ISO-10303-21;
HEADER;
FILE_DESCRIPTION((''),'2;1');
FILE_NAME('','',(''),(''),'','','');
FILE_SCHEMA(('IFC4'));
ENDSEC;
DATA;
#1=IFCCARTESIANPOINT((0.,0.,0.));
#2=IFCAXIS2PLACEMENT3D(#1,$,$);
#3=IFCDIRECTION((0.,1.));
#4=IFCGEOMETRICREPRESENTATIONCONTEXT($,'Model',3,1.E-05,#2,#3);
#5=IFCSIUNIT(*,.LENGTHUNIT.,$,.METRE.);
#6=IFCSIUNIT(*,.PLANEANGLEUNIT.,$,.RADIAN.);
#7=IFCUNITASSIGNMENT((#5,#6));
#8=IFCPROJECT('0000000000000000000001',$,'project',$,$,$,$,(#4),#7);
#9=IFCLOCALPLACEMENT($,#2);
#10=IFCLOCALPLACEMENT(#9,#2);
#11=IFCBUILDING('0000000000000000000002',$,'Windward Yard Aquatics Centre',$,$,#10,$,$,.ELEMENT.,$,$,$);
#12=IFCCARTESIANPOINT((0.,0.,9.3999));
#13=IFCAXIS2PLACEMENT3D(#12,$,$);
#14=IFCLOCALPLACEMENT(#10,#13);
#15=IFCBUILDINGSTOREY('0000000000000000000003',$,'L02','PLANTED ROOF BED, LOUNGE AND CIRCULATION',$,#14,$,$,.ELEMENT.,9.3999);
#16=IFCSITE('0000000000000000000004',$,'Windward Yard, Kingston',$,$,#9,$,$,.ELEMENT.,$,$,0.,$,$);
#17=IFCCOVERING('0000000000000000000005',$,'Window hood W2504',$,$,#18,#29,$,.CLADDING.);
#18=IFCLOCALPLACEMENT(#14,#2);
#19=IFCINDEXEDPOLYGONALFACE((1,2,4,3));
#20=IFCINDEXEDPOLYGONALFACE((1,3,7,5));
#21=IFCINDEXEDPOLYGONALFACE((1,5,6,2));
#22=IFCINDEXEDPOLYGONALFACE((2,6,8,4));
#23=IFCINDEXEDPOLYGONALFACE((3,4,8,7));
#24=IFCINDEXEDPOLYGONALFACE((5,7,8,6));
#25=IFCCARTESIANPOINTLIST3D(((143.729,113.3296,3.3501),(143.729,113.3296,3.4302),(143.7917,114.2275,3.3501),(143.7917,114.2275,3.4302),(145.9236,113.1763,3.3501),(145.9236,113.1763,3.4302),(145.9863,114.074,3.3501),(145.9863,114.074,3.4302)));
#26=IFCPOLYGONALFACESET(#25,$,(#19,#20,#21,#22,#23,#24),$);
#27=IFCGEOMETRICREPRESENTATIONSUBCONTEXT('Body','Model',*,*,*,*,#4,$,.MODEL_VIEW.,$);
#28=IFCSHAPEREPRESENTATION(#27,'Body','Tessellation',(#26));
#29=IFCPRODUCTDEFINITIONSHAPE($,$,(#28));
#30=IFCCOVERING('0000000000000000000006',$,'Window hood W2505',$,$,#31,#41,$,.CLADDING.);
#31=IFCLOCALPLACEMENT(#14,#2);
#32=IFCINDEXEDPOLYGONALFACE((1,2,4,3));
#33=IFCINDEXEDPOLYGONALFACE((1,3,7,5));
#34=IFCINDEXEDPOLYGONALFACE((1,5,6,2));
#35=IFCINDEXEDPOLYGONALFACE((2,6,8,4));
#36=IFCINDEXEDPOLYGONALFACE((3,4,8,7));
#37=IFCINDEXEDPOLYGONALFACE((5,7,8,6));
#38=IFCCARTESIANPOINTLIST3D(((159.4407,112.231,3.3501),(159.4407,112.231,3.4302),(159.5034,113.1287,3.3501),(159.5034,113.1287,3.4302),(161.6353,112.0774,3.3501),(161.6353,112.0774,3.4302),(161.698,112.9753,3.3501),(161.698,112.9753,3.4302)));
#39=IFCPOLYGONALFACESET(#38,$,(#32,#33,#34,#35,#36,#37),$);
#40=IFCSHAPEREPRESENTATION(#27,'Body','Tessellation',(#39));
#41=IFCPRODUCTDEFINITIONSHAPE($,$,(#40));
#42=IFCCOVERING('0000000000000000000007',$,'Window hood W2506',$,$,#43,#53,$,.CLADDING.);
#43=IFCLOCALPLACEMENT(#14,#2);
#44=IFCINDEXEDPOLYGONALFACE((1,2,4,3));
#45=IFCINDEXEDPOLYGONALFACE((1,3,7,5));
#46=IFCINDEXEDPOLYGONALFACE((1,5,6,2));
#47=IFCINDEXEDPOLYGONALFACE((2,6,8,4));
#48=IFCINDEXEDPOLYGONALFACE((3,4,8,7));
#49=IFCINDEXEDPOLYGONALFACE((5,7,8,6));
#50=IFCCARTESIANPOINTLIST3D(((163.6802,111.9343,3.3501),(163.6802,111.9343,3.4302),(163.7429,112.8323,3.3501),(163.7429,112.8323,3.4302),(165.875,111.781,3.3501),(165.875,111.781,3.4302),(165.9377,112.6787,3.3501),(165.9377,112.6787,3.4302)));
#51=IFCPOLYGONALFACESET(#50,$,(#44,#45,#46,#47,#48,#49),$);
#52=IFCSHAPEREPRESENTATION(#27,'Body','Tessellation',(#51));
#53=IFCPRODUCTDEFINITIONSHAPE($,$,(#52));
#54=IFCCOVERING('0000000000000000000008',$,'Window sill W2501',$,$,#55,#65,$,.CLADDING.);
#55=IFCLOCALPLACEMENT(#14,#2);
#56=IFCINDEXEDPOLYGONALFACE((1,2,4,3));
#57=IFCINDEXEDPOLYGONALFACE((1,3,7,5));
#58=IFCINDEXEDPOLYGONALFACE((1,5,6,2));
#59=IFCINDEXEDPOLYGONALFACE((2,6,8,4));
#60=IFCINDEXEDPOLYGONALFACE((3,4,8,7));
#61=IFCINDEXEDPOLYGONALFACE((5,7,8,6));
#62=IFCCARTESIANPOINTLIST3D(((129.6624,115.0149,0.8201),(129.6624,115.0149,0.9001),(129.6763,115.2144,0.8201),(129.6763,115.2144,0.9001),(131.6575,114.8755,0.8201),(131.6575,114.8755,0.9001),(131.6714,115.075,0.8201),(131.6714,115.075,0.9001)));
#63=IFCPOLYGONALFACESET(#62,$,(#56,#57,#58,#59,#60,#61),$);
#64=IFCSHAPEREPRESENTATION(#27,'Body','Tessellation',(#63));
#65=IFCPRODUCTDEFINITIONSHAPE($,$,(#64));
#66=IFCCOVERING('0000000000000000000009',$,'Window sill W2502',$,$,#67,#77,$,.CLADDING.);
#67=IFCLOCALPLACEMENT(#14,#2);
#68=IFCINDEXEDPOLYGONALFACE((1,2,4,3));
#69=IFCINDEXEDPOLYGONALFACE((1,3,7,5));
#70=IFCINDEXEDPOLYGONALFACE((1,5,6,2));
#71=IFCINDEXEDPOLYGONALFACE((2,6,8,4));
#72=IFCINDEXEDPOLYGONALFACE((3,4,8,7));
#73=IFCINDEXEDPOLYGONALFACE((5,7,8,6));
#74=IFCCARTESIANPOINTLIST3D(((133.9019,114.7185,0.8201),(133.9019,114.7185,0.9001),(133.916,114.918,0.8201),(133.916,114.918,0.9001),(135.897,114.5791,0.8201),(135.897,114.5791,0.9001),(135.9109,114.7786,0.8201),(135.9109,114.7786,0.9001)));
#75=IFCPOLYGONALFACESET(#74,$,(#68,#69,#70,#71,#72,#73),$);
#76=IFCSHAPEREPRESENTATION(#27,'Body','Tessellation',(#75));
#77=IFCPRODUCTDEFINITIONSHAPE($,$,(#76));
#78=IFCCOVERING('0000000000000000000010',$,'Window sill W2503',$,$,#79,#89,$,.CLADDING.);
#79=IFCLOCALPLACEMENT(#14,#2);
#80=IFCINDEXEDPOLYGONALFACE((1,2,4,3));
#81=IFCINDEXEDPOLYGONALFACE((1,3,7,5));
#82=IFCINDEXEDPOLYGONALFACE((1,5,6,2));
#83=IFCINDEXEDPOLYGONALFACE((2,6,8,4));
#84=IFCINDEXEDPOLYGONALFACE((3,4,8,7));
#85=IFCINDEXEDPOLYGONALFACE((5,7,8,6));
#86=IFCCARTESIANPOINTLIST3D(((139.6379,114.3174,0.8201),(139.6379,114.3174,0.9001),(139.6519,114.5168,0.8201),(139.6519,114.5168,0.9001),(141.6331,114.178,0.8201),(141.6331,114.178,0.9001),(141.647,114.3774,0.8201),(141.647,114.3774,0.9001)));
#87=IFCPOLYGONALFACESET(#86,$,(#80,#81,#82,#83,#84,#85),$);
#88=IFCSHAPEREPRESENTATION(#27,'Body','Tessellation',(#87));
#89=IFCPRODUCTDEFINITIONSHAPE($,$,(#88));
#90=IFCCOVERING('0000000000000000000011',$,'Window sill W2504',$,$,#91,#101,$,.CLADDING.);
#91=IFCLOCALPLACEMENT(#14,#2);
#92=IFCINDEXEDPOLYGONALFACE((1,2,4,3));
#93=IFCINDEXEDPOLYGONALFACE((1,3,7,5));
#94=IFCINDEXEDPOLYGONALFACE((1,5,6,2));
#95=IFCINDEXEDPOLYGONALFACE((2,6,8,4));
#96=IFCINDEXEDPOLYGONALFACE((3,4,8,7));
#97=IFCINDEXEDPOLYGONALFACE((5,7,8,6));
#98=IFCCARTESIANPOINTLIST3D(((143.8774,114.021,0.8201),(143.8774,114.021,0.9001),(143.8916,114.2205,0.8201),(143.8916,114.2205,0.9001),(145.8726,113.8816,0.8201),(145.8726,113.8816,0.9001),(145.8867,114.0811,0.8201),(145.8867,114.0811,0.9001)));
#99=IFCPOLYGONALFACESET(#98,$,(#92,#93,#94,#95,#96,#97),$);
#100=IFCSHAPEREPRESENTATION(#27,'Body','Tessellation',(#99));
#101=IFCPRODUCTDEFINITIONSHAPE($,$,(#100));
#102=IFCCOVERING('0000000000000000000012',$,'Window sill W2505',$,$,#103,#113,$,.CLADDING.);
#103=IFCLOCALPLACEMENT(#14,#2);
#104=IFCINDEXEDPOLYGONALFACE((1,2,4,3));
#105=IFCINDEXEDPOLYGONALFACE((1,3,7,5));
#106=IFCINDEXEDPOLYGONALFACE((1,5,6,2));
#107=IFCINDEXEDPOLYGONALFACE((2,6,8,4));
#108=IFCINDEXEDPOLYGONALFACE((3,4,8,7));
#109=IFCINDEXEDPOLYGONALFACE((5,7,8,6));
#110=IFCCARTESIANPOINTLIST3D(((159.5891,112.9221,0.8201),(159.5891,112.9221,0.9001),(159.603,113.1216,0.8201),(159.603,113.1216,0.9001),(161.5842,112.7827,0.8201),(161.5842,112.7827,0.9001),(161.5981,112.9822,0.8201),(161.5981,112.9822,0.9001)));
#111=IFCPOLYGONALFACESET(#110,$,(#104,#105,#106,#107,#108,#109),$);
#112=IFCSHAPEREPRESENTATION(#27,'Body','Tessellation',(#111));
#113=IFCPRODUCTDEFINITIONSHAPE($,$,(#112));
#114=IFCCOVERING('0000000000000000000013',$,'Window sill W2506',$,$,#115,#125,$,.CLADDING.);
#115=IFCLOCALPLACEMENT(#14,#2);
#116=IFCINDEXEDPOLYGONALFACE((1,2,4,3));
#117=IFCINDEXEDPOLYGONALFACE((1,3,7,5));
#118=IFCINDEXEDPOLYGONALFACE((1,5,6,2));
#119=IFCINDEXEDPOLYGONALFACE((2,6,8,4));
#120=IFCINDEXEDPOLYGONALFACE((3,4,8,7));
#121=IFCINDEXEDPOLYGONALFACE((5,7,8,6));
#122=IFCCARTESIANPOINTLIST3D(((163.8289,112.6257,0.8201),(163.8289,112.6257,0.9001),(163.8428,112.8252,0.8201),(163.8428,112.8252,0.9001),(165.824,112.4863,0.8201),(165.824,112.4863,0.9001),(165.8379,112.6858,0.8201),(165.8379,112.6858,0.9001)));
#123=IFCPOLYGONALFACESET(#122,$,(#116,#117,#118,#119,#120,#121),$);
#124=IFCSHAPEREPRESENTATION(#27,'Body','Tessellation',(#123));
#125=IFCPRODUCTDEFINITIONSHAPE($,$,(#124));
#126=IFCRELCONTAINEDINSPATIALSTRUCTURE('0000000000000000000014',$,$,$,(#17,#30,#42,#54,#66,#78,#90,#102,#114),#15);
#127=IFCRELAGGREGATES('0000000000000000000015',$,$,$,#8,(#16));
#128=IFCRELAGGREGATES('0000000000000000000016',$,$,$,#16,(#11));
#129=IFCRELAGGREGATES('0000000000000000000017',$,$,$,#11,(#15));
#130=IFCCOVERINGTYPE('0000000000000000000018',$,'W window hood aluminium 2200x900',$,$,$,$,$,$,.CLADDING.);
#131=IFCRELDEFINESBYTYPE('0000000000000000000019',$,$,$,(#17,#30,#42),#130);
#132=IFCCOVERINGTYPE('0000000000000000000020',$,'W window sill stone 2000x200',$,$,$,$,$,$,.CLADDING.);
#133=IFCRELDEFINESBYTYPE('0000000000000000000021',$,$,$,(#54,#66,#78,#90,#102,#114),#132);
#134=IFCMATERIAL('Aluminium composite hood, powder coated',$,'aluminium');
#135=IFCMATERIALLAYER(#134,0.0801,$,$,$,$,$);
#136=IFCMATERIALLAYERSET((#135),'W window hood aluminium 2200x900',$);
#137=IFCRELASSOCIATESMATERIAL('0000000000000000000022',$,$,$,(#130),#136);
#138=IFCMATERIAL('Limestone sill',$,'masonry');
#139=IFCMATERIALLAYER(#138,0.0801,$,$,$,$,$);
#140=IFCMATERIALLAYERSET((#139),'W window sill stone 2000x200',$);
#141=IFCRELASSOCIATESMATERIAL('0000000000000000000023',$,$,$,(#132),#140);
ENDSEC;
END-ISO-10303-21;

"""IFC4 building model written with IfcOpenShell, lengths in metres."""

from ifc_helpers import new_model, si_unit, direction, frame, origin, place, context, subcontext, project, spatial, polyline, outline, extrude, material, layer, layer_set, type_object, element, save


model = new_model("IFC4")

# Units and contexts
model_context = context("Model", 3, precision=1e-05, world=origin(), true_north=direction((0.0, 1.0)))
body_context = subcontext(model_context, "Body", "Model", "MODEL_VIEW")
ifc_project = project(units=[si_unit("LENGTHUNIT", "METRE"), si_unit("PLANEANGLEUNIT", "RADIAN")], contexts=[model_context])

# Site, building, storey
site_placement = place(None, origin())
site = spatial("IfcSite", under=ifc_project, at=site_placement, Name="Windward Yard, Kingston", CompositionType="ELEMENT", RefElevation=0.0)
building_placement = place(site_placement, origin())
building = spatial("IfcBuilding", under=site, at=building_placement, Name="Windward Yard Aquatics Centre", CompositionType="ELEMENT")
storey_placement = place(building_placement, frame((0.0, 0.0, 9.3999)))
storey = spatial("IfcBuildingStorey", under=building, at=storey_placement, Name="L02", Description="PLANTED ROOF BED, LOUNGE AND CIRCULATION", CompositionType="ELEMENT", Elevation=9.3999)

# Coverings
ifc_material_1 = material(Name="Aluminium composite hood, powder coated", Category="aluminium")
ifc_layer_1 = layer(ifc_material_1, 0.0801)
ifc_layer_set_1 = layer_set([ifc_layer_1], Name="W window hood aluminium 2200x900")
covering_type_1 = type_object("IfcCoveringType", Name="W window hood aluminium 2200x900", PredefinedType="CLADDING", material=ifc_layer_set_1)
covering_1_placement = place(storey_placement, frame((0.0, 0.0, 3.3501)))
element("IfcCovering", 1, at=covering_1_placement, inside=storey, type_object=covering_type_1, Name="Window hood W2504", PredefinedType="CLADDING", context=body_context, shape_type="SweptSolid", body=[
    extrude(outline(polyline([(143.729, 113.3296), (143.7917, 114.2275), (145.9863, 114.074), (145.9236, 113.1763), (143.729, 113.3296)])), origin(), (0.0, 0.0, 1.0), 0.0801),
])
covering_2_placement = place(storey_placement, frame((0.0, 0.0, 3.3501)))
element("IfcCovering", 2, at=covering_2_placement, inside=storey, type_object=covering_type_1, Name="Window hood W2505", PredefinedType="CLADDING", context=body_context, shape_type="SweptSolid", body=[
    extrude(outline(polyline([(159.4407, 112.231), (159.5034, 113.1287), (161.698, 112.9753), (161.6353, 112.0774), (159.4407, 112.231)])), origin(), (0.0, 0.0, 1.0), 0.0801),
])
covering_3_placement = place(storey_placement, frame((0.0, 0.0, 3.3501)))
element("IfcCovering", 3, at=covering_3_placement, inside=storey, type_object=covering_type_1, Name="Window hood W2506", PredefinedType="CLADDING", context=body_context, shape_type="SweptSolid", body=[
    extrude(outline(polyline([(163.6802, 111.9343), (163.7429, 112.8323), (165.9377, 112.6787), (165.875, 111.781), (163.6802, 111.9343)])), origin(), (0.0, 0.0, 1.0), 0.0801),
])
ifc_material_2 = material(Name="Limestone sill", Category="masonry")
ifc_layer_2 = layer(ifc_material_2, 0.0801)
ifc_layer_set_2 = layer_set([ifc_layer_2], Name="W window sill stone 2000x200")
covering_type_2 = type_object("IfcCoveringType", Name="W window sill stone 2000x200", PredefinedType="CLADDING", material=ifc_layer_set_2)
covering_4_placement = place(storey_placement, frame((0.0, 0.0, 0.8201)))
element("IfcCovering", 4, at=covering_4_placement, inside=storey, type_object=covering_type_2, Name="Window sill W2501", PredefinedType="CLADDING", context=body_context, shape_type="SweptSolid", body=[
    extrude(outline(polyline([(129.6624, 115.0149), (129.6763, 115.2144), (131.6714, 115.075), (131.6575, 114.8755), (129.6624, 115.0149)])), origin(), (0.0, 0.0, 1.0), 0.0801),
])
covering_5_placement = place(storey_placement, frame((0.0, 0.0, 0.8201)))
element("IfcCovering", 5, at=covering_5_placement, inside=storey, type_object=covering_type_2, Name="Window sill W2502", PredefinedType="CLADDING", context=body_context, shape_type="SweptSolid", body=[
    extrude(outline(polyline([(133.9019, 114.7185), (133.916, 114.918), (135.9109, 114.7786), (135.897, 114.5791), (133.9019, 114.7185)])), origin(), (0.0, 0.0, 1.0), 0.0801),
])
covering_6_placement = place(storey_placement, frame((0.0, 0.0, 0.8201)))
element("IfcCovering", 6, at=covering_6_placement, inside=storey, type_object=covering_type_2, Name="Window sill W2503", PredefinedType="CLADDING", context=body_context, shape_type="SweptSolid", body=[
    extrude(outline(polyline([(139.6379, 114.3174), (139.6519, 114.5168), (141.647, 114.3774), (141.6331, 114.178), (139.6379, 114.3174)])), origin(), (0.0, 0.0, 1.0), 0.0801),
])
covering_7_placement = place(storey_placement, frame((0.0, 0.0, 0.8201)))
element("IfcCovering", 7, at=covering_7_placement, inside=storey, type_object=covering_type_2, Name="Window sill W2504", PredefinedType="CLADDING", context=body_context, shape_type="SweptSolid", body=[
    extrude(outline(polyline([(143.8774, 114.021), (143.8916, 114.2205), (145.8867, 114.0811), (145.8726, 113.8816), (143.8774, 114.021)])), origin(), (0.0, 0.0, 1.0), 0.0801),
])
covering_8_placement = place(storey_placement, frame((0.0, 0.0, 0.8201)))
element("IfcCovering", 8, at=covering_8_placement, inside=storey, type_object=covering_type_2, Name="Window sill W2505", PredefinedType="CLADDING", context=body_context, shape_type="SweptSolid", body=[
    extrude(outline(polyline([(159.5891, 112.9221), (159.603, 113.1216), (161.5981, 112.9822), (161.5842, 112.7827), (159.5891, 112.9221)])), origin(), (0.0, 0.0, 1.0), 0.0801),
])
covering_9_placement = place(storey_placement, frame((0.0, 0.0, 0.8201)))
element("IfcCovering", 9, at=covering_9_placement, inside=storey, type_object=covering_type_2, Name="Window sill W2506", PredefinedType="CLADDING", context=body_context, shape_type="SweptSolid", body=[
    extrude(outline(polyline([(163.8289, 112.6257), (163.8428, 112.8252), (165.8379, 112.6858), (165.824, 112.4863), (163.8289, 112.6257)])), origin(), (0.0, 0.0, 1.0), 0.0801),
])

save(model, "model.ifc")
